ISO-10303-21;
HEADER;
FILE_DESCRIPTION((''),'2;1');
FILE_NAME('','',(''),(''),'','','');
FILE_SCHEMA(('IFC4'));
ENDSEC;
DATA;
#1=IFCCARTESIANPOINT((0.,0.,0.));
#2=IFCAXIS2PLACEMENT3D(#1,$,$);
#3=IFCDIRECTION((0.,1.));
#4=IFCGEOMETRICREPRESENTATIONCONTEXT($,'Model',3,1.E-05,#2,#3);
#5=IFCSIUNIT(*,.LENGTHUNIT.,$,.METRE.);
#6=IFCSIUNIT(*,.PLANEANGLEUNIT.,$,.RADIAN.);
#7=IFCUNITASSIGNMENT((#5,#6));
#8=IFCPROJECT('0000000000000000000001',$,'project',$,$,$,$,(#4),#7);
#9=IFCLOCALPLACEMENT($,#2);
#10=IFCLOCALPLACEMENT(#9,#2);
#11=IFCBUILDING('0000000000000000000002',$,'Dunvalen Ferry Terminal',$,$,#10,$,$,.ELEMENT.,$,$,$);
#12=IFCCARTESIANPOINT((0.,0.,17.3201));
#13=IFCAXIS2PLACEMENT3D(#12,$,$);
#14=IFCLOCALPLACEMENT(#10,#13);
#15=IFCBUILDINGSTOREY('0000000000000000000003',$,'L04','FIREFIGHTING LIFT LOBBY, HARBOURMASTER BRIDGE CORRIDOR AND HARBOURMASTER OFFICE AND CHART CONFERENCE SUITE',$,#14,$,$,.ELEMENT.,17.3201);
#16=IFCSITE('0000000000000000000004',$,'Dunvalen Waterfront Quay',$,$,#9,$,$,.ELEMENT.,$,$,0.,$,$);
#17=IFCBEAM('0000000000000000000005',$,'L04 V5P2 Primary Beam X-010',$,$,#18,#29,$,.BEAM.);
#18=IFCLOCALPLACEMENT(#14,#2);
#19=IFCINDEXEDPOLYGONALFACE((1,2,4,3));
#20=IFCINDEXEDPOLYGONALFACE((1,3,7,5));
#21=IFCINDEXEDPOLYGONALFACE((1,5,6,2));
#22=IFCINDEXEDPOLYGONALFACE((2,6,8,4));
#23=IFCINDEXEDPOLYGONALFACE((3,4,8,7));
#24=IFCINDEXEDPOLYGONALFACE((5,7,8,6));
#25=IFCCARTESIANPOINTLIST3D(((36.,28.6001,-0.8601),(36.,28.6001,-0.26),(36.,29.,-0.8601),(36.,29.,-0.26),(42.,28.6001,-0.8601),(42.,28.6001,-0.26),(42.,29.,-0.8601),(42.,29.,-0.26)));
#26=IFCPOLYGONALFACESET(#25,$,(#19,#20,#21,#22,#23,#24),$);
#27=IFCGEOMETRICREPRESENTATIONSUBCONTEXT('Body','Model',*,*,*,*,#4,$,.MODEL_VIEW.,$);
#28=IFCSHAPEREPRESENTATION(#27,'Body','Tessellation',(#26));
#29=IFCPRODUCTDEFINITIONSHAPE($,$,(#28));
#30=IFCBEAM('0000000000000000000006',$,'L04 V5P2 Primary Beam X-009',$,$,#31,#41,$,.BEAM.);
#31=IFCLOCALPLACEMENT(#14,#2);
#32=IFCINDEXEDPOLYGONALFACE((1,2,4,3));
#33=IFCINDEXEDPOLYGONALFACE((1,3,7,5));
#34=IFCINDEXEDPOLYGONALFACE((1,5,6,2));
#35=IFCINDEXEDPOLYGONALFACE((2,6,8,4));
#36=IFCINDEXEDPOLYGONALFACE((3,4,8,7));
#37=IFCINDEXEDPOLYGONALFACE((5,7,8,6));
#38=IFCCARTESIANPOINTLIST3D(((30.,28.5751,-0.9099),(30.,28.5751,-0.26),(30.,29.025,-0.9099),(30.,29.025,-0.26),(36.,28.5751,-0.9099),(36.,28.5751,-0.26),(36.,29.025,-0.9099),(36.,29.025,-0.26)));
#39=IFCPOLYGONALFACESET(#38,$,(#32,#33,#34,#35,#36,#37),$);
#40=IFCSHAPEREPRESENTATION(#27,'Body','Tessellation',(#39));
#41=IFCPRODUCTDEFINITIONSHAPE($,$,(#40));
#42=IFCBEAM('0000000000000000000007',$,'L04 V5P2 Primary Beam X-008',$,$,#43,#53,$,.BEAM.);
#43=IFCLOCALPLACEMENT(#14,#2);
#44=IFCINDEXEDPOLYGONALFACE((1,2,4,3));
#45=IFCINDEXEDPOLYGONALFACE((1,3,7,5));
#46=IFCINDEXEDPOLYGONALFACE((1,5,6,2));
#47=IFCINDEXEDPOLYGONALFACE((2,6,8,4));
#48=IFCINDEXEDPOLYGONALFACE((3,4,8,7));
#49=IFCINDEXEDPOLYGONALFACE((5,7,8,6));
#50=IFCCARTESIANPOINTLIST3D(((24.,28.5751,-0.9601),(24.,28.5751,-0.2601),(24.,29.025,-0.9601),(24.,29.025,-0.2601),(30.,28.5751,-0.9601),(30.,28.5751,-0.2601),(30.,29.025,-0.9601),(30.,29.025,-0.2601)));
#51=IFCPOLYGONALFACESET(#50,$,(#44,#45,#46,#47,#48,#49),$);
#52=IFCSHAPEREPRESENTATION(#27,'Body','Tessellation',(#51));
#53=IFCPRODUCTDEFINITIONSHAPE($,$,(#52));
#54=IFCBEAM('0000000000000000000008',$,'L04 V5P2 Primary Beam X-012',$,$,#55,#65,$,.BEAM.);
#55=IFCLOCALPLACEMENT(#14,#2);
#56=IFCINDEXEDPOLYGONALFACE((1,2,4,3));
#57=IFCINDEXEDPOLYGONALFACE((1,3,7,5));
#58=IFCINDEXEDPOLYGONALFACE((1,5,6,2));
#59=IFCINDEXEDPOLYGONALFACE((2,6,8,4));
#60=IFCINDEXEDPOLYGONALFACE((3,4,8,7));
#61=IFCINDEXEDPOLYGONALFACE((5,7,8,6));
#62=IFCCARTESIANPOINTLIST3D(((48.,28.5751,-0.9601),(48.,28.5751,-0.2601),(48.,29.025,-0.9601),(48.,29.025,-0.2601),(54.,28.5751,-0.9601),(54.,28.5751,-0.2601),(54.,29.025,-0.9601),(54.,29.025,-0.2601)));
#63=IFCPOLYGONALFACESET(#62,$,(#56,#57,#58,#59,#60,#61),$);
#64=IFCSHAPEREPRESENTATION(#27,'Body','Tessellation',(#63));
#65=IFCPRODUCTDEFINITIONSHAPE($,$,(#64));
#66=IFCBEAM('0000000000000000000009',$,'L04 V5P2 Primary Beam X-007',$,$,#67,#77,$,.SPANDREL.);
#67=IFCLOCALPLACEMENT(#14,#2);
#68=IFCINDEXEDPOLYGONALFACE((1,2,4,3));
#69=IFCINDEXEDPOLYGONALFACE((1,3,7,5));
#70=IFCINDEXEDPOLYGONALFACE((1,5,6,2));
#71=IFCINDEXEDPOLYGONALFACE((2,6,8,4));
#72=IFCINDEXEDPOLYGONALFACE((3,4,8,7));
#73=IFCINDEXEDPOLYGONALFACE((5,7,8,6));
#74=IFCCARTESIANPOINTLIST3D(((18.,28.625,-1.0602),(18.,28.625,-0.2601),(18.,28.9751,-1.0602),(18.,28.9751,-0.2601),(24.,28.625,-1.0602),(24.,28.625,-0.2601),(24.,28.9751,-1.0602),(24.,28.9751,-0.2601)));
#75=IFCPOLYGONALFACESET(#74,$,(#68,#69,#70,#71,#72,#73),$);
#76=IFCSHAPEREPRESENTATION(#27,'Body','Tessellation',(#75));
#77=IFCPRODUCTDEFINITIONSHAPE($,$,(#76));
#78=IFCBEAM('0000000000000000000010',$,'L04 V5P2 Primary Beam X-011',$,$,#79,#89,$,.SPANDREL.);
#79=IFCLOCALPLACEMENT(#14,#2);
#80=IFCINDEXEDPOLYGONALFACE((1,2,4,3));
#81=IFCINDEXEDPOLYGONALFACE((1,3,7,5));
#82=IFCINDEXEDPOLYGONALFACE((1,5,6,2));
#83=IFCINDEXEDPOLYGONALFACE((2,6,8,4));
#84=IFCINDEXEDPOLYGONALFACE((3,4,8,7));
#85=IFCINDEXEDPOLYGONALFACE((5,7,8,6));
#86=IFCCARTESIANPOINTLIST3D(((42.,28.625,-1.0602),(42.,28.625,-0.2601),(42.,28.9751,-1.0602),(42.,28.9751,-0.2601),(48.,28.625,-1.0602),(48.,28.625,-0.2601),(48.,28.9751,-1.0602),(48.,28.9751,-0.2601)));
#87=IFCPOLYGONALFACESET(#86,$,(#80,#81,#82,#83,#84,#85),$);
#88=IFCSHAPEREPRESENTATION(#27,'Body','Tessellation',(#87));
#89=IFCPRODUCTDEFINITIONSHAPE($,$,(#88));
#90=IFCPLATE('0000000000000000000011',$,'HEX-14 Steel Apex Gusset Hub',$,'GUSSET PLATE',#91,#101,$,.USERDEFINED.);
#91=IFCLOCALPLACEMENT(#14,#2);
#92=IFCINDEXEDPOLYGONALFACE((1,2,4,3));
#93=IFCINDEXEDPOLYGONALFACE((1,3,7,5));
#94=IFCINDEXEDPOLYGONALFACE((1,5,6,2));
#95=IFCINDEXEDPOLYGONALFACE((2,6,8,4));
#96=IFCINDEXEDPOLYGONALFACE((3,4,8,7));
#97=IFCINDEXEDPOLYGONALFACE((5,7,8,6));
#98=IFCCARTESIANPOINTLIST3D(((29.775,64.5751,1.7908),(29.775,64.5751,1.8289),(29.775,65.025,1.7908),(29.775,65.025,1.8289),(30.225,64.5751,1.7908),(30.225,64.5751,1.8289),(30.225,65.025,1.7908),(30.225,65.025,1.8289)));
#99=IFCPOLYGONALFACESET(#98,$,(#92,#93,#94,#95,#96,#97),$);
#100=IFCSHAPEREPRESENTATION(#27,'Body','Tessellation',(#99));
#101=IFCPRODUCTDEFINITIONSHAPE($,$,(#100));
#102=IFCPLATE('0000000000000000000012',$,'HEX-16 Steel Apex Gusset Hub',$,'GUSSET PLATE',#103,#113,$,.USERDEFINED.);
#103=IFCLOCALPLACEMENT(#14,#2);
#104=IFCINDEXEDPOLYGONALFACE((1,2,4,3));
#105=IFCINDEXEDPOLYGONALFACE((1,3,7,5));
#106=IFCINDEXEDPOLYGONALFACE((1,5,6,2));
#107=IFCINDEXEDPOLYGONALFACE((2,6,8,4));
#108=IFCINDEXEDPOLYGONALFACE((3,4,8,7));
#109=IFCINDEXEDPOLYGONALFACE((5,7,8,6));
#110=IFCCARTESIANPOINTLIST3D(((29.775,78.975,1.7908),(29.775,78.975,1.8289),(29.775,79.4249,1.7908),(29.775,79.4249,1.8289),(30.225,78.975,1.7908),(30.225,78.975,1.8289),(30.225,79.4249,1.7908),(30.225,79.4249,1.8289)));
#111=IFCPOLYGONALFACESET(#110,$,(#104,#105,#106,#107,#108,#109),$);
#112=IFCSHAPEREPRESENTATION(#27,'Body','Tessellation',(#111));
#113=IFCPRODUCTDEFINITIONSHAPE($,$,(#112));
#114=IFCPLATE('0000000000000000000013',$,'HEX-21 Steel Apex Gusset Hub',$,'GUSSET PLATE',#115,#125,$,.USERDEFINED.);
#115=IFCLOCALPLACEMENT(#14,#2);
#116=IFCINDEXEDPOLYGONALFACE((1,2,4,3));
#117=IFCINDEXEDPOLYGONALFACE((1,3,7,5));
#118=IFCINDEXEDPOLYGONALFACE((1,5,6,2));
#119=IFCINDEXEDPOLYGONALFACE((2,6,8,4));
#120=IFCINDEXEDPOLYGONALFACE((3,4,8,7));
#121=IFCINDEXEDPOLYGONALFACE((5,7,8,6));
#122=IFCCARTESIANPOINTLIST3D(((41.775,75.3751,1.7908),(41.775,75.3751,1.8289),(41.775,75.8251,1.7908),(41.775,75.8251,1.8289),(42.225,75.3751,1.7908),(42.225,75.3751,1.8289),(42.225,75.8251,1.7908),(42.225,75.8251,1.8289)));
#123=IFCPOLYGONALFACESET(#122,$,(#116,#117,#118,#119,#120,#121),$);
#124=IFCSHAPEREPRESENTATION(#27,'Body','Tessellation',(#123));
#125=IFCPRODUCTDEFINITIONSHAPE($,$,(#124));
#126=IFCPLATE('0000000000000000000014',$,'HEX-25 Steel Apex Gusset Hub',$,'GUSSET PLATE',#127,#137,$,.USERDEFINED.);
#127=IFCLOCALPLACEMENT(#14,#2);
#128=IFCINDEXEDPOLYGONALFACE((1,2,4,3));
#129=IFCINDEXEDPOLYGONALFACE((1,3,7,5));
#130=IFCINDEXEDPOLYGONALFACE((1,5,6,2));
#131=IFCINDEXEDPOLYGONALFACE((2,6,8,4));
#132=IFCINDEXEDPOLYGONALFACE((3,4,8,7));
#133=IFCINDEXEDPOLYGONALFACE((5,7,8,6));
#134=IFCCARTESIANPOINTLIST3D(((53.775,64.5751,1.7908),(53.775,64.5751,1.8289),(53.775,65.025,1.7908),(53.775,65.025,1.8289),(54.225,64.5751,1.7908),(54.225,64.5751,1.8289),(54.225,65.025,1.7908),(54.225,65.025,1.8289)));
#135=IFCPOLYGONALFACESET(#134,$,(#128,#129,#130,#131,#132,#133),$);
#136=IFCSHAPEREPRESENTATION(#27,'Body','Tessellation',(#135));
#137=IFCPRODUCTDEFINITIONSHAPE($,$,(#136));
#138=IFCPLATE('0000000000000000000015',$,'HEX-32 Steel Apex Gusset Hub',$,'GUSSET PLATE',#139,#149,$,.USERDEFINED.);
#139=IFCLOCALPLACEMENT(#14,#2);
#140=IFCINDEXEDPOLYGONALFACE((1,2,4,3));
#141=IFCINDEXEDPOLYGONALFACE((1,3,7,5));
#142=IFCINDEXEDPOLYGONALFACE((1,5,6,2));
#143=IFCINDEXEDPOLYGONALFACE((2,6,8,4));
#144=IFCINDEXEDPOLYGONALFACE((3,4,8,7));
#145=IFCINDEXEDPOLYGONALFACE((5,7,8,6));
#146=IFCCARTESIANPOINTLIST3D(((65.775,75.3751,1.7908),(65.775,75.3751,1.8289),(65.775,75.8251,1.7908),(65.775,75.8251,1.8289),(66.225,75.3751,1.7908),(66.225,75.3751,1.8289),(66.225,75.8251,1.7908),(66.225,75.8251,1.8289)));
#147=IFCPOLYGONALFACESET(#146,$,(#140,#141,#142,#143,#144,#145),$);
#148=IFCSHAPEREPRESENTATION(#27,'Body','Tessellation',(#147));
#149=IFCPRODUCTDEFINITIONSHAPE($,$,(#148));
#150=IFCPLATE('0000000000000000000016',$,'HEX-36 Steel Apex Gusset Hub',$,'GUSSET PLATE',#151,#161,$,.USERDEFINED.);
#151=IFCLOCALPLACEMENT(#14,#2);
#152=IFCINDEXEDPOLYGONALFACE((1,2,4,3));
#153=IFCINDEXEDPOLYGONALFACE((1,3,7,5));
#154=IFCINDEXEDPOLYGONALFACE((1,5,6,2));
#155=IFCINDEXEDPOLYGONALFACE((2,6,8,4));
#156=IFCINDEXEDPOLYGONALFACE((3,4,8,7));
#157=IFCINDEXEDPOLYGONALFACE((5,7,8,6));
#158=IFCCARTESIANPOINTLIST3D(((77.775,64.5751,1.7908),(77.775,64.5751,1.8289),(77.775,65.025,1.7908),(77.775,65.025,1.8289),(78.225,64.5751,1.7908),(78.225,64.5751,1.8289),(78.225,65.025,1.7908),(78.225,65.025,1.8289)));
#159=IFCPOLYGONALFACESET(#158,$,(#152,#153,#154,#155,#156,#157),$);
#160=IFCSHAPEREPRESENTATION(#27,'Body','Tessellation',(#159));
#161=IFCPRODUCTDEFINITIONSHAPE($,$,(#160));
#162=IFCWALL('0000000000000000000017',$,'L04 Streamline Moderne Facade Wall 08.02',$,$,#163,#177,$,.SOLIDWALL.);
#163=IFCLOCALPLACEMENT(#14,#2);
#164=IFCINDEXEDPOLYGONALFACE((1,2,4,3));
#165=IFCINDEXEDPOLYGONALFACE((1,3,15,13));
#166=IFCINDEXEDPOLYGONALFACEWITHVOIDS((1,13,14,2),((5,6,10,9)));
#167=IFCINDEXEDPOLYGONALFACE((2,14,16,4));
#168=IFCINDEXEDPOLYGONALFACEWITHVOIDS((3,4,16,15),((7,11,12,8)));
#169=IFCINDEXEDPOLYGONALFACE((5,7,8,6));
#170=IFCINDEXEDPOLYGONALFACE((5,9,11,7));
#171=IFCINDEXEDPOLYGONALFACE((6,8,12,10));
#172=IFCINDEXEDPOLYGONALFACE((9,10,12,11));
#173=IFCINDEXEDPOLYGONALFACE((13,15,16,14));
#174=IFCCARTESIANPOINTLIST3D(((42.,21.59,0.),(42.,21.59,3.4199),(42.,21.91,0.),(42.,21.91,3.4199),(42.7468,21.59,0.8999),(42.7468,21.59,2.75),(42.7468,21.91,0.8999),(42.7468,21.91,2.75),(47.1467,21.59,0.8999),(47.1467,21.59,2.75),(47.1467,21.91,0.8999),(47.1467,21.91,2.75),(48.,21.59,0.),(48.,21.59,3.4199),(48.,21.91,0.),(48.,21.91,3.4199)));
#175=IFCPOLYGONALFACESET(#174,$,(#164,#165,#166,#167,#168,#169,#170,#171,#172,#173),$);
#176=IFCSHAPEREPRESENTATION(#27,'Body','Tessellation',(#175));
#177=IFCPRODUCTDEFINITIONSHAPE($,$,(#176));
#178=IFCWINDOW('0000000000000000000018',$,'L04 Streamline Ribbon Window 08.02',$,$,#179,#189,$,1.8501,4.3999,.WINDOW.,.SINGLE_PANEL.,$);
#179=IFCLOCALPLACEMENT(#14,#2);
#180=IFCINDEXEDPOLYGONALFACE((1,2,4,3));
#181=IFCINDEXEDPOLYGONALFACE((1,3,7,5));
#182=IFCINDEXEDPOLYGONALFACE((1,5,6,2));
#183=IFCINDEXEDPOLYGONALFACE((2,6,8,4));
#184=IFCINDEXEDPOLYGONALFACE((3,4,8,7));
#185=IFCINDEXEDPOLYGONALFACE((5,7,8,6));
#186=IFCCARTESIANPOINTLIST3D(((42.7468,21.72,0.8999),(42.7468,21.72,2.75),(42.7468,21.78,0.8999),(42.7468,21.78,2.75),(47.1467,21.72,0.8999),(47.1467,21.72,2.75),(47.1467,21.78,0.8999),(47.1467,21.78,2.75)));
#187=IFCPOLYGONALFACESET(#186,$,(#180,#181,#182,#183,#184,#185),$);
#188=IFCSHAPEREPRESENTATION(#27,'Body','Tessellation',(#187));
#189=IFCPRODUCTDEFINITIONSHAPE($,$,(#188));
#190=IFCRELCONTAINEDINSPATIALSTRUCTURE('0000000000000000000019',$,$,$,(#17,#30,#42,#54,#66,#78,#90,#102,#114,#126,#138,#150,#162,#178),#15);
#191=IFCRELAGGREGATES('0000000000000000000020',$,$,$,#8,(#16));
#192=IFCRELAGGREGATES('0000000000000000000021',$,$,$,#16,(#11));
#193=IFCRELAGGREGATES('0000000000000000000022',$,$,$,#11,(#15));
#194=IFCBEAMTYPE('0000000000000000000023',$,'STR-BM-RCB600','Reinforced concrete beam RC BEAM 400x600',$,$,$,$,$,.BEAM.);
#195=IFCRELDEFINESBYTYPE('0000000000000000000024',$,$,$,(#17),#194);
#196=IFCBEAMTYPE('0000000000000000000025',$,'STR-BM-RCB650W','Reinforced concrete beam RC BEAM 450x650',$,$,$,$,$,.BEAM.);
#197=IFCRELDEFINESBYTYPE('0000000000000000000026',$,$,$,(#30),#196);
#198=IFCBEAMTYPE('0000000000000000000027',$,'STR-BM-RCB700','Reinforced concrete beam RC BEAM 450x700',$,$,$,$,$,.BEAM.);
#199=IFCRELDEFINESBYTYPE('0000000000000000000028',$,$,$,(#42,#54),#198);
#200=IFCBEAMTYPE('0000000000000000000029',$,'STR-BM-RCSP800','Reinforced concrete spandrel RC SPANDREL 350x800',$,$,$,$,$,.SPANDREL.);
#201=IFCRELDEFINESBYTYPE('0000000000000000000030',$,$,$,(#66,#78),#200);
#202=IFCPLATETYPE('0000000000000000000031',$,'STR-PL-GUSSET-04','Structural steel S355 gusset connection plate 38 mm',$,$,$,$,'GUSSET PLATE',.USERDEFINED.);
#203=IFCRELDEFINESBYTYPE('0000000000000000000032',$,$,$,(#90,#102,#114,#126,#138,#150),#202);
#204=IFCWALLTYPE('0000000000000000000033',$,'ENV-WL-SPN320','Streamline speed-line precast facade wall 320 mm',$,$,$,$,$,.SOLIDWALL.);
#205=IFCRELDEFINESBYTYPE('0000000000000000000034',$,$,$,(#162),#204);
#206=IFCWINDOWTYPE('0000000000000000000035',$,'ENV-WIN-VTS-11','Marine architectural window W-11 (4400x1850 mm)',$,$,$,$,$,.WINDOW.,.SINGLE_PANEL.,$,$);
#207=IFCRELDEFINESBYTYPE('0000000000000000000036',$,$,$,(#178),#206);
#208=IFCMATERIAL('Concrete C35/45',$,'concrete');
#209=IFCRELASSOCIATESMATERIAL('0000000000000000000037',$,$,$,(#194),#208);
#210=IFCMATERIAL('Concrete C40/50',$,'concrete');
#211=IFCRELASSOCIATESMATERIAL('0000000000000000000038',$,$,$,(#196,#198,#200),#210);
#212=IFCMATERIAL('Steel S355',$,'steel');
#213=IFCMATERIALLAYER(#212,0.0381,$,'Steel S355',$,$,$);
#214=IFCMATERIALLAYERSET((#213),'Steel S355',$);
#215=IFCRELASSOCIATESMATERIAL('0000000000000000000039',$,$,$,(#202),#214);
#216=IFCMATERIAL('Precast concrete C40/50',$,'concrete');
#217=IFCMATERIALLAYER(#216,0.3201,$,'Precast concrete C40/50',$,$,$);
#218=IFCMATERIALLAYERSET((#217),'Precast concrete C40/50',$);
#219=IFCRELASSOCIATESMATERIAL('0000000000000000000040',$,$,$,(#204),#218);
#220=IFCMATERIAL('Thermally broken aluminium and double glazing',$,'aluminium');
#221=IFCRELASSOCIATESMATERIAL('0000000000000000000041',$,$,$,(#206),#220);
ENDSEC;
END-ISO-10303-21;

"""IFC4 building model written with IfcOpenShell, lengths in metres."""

from ifc_helpers import new_model, si_unit, direction, frame, frame_2d, origin, origin_2d, place, context, subcontext, project, spatial, rectangle, extrude, material, layer, layer_set, material_profile, profile_set, type_object, element, fill, save


model = new_model("IFC4")

# Units and contexts
model_context = context("Model", 3, precision=1e-05, world=origin(), true_north=direction((0.0, 1.0)))
body_context = subcontext(model_context, "Body", "Model", "MODEL_VIEW")
ifc_project = project(units=[si_unit("LENGTHUNIT", "METRE"), si_unit("PLANEANGLEUNIT", "RADIAN")], contexts=[model_context])

# Site, building, storey
site_placement = place(None, origin())
site = spatial("IfcSite", under=ifc_project, at=site_placement, Name="Dunvalen Waterfront Quay", CompositionType="ELEMENT", RefElevation=0.0)
building_placement = place(site_placement, origin())
building = spatial("IfcBuilding", under=site, at=building_placement, Name="Dunvalen Ferry Terminal", CompositionType="ELEMENT")
storey_placement = place(building_placement, frame((0.0, 0.0, 17.3201)))
storey = spatial("IfcBuildingStorey", under=building, at=storey_placement, Name="L04", Description="FIREFIGHTING LIFT LOBBY, HARBOURMASTER BRIDGE CORRIDOR AND HARBOURMASTER OFFICE AND CHART CONFERENCE SUITE", CompositionType="ELEMENT", Elevation=17.3201)

# Beams
ifc_material_1 = material(Name="Concrete C35/45", Category="concrete")
ifc_material_profile_1 = material_profile(ifc_material_1, rectangle(XDim=0.3999, YDim=0.6001, at=origin_2d()), Name="Concrete C35/45")
ifc_profile_set_1 = profile_set([ifc_material_profile_1], Name="Concrete C35/45")
beam_type_1 = type_object("IfcBeamType", Name="STR-BM-RCB600", Description="Reinforced concrete beam RC BEAM 400x600", PredefinedType="BEAM", material=ifc_profile_set_1)
beam_1_placement = place(storey_placement, frame((36.0, 28.8, -0.5601), z_axis=(1.0, 0.0, 0.0), x_axis=(0.0, 1.0, 0.0)))
element("IfcBeam", 1, at=beam_1_placement, inside=storey, type_object=beam_type_1, Name="L04 V5P2 Primary Beam X-010", PredefinedType="BEAM", context=body_context, shape_type="SweptSolid", body=[
    extrude(rectangle(XDim=0.3999, YDim=0.6001, at=origin_2d()), origin(), (0.0, 0.0, 1.0), 6.0),
])
ifc_material_2 = material(Name="Concrete C40/50", Category="concrete")
ifc_material_profile_2 = material_profile(ifc_material_2, rectangle(XDim=0.45, YDim=0.6499, at=origin_2d()), Name="Concrete C40/50")
ifc_profile_set_2 = profile_set([ifc_material_profile_2], Name="Concrete C40/50")
beam_type_2 = type_object("IfcBeamType", Name="STR-BM-RCB650W", Description="Reinforced concrete beam RC BEAM 450x650", PredefinedType="BEAM", material=ifc_profile_set_2)
beam_2_placement = place(storey_placement, frame((30.0, 28.8, -0.585), z_axis=(1.0, 0.0, 0.0), x_axis=(0.0, 1.0, 0.0)))
element("IfcBeam", 2, at=beam_2_placement, inside=storey, type_object=beam_type_2, Name="L04 V5P2 Primary Beam X-009", PredefinedType="BEAM", context=body_context, shape_type="SweptSolid", body=[
    extrude(rectangle(XDim=0.45, YDim=0.6499, at=origin_2d()), origin(), (0.0, 0.0, 1.0), 6.0),
])
ifc_material_profile_3 = material_profile(ifc_material_2, rectangle(XDim=0.45, YDim=0.7, at=origin_2d()), Name="Concrete C40/50")
ifc_profile_set_3 = profile_set([ifc_material_profile_3], Name="Concrete C40/50")
beam_type_3 = type_object("IfcBeamType", Name="STR-BM-RCB700", Description="Reinforced concrete beam RC BEAM 450x700", PredefinedType="BEAM", material=ifc_profile_set_3)
for number, where, z_axis, x_axis, name in (
    (3, (24.0, 28.8, -0.6101), (1.0, 0.0, 0.0), (0.0, 1.0, 0.0), "L04 V5P2 Primary Beam X-008"),
    (4, (48.0, 28.8, -0.6101), (1.0, 0.0, 0.0), (0.0, 1.0, 0.0), "L04 V5P2 Primary Beam X-012"),
):
    element("IfcBeam", number, at=place(storey_placement, frame(where, z_axis=z_axis, x_axis=x_axis)), inside=storey, type_object=beam_type_3, Name=name, PredefinedType="BEAM", context=body_context, shape_type="SweptSolid", body=[
        extrude(rectangle(XDim=0.45, YDim=0.7, at=origin_2d()), origin(), (0.0, 0.0, 1.0), 6.0),
    ])
ifc_material_profile_4 = material_profile(ifc_material_2, rectangle(XDim=0.3501, YDim=0.8, at=origin_2d()), Name="Concrete C40/50")
ifc_profile_set_4 = profile_set([ifc_material_profile_4], Name="Concrete C40/50")
beam_type_4 = type_object("IfcBeamType", Name="STR-BM-RCSP800", Description="Reinforced concrete spandrel RC SPANDREL 350x800", PredefinedType="SPANDREL", material=ifc_profile_set_4)
for number, where, z_axis, x_axis, name in (
    (5, (18.0, 28.8, -0.6602), (1.0, 0.0, 0.0), (0.0, 1.0, 0.0), "L04 V5P2 Primary Beam X-007"),
    (6, (42.0, 28.8, -0.6602), (1.0, 0.0, 0.0), (0.0, 1.0, 0.0), "L04 V5P2 Primary Beam X-011"),
):
    element("IfcBeam", number, at=place(storey_placement, frame(where, z_axis=z_axis, x_axis=x_axis)), inside=storey, type_object=beam_type_4, Name=name, PredefinedType="SPANDREL", context=body_context, shape_type="SweptSolid", body=[
        extrude(rectangle(XDim=0.3501, YDim=0.8, at=origin_2d()), origin(), (0.0, 0.0, 1.0), 6.0),
    ])

# Plates
ifc_material_3 = material(Name="Steel S355", Category="steel")
ifc_layer_1 = layer(ifc_material_3, 0.0381, Name="Steel S355")
ifc_layer_set_1 = layer_set([ifc_layer_1], Name="Steel S355")
plate_type = type_object("IfcPlateType", Name="STR-PL-GUSSET-04", Description="Structural steel S355 gusset connection plate 38 mm", ElementType="GUSSET PLATE", PredefinedType="USERDEFINED", material=ifc_layer_set_1)
for number, where, z_axis, x_axis, name in (
    (7, (30.0, 64.8, 1.7908), (0.0, 0.0, 1.0), (1.0, 0.0, 0.0), "HEX-14 Steel Apex Gusset Hub"),
    (8, (30.0, 79.2, 1.7908), (0.0, 0.0, 1.0), (1.0, 0.0, 0.0), "HEX-16 Steel Apex Gusset Hub"),
    (9, (42.0, 75.6001, 1.7908), (0.0, 0.0, 1.0), (1.0, 0.0, 0.0), "HEX-21 Steel Apex Gusset Hub"),
    (10, (54.0, 64.8, 1.7908), (0.0, 0.0, 1.0), (1.0, 0.0, 0.0), "HEX-25 Steel Apex Gusset Hub"),
    (11, (66.0, 75.6001, 1.7908), (0.0, 0.0, 1.0), (1.0, 0.0, 0.0), "HEX-32 Steel Apex Gusset Hub"),
    (12, (78.0, 64.8, 1.7908), (0.0, 0.0, 1.0), (1.0, 0.0, 0.0), "HEX-36 Steel Apex Gusset Hub"),
):
    element("IfcPlate", number, at=place(storey_placement, frame(where, z_axis=z_axis, x_axis=x_axis)), inside=storey, type_object=plate_type, Name=name, ObjectType="GUSSET PLATE", PredefinedType="USERDEFINED", context=body_context, shape_type="SweptSolid", body=[
        extrude(rectangle(XDim=0.45, YDim=0.45, at=origin_2d()), origin(), (0.0, 0.0, 1.0), 0.0381),
    ])

# Wall, opening, window
ifc_material_4 = material(Name="Precast concrete C40/50", Category="concrete")
ifc_layer_2 = layer(ifc_material_4, 0.3201, Name="Precast concrete C40/50")
ifc_layer_set_2 = layer_set([ifc_layer_2], Name="Precast concrete C40/50")
wall_type = type_object("IfcWallType", Name="ENV-WL-SPN320", Description="Streamline speed-line precast facade wall 320 mm", PredefinedType="SOLIDWALL", material=ifc_layer_set_2)
wall_1_placement = place(storey_placement, frame((48.0, 21.75, 0.0), z_axis=(0.0, 0.0, 1.0), x_axis=(-1.0, 0.0, 0.0)))
wall_1 = element("IfcWall", 13, at=wall_1_placement, inside=storey, type_object=wall_type, Name="L04 Streamline Moderne Facade Wall 08.02", PredefinedType="SOLIDWALL", context=body_context, shape_type="SweptSolid", body=[
    extrude(rectangle(XDim=6.0, YDim=0.3201, at=frame_2d((3.0, 0.0))), origin(), (0.0, 0.0, 1.0), 3.4199),
])
opening_1_placement = place(wall_1_placement, frame((0.8533, 0.0, 0.8999)))
opening_1 = element("IfcOpeningElement", 14, at=opening_1_placement, cuts=wall_1, PredefinedType="OPENING", context=body_context, shape_type="SweptSolid", body=[
    extrude(rectangle(XDim=4.3999, YDim=1.8501, at=frame_2d((2.2, 0.925))), frame((0.0, 0.1699, 0.0), z_axis=(0.0, -1.0, 0.0), x_axis=(1.0, 0.0, 0.0)), (0.0, 0.0, 1.0), 0.3401),
])
ifc_material_5 = material(Name="Thermally broken aluminium and double glazing", Category="aluminium")
window_type_1 = type_object("IfcWindowType", Name="ENV-WIN-VTS-11", Description="Marine architectural window W-11 (4400x1850 mm)", PartitioningType="SINGLE_PANEL", PredefinedType="WINDOW", material=ifc_material_5)
window_1_placement = place(opening_1_placement, origin())
window_1 = element("IfcWindow", 15, at=window_1_placement, inside=storey, type_object=window_type_1, Name="L04 Streamline Ribbon Window 08.02", OverallHeight=1.8501, OverallWidth=4.3999, PartitioningType="SINGLE_PANEL", PredefinedType="WINDOW", context=body_context, shape_type="SweptSolid", body=[
    extrude(rectangle(XDim=4.3999, YDim=1.8501, at=frame_2d((2.2, 0.925))), frame((0.0, 0.03, 0.0), z_axis=(0.0, -1.0, 0.0), x_axis=(1.0, 0.0, 0.0)), (0.0, 0.0, 1.0), 0.0601),
])
fill(opening_1, window_1)

save(model, "model.ifc")
